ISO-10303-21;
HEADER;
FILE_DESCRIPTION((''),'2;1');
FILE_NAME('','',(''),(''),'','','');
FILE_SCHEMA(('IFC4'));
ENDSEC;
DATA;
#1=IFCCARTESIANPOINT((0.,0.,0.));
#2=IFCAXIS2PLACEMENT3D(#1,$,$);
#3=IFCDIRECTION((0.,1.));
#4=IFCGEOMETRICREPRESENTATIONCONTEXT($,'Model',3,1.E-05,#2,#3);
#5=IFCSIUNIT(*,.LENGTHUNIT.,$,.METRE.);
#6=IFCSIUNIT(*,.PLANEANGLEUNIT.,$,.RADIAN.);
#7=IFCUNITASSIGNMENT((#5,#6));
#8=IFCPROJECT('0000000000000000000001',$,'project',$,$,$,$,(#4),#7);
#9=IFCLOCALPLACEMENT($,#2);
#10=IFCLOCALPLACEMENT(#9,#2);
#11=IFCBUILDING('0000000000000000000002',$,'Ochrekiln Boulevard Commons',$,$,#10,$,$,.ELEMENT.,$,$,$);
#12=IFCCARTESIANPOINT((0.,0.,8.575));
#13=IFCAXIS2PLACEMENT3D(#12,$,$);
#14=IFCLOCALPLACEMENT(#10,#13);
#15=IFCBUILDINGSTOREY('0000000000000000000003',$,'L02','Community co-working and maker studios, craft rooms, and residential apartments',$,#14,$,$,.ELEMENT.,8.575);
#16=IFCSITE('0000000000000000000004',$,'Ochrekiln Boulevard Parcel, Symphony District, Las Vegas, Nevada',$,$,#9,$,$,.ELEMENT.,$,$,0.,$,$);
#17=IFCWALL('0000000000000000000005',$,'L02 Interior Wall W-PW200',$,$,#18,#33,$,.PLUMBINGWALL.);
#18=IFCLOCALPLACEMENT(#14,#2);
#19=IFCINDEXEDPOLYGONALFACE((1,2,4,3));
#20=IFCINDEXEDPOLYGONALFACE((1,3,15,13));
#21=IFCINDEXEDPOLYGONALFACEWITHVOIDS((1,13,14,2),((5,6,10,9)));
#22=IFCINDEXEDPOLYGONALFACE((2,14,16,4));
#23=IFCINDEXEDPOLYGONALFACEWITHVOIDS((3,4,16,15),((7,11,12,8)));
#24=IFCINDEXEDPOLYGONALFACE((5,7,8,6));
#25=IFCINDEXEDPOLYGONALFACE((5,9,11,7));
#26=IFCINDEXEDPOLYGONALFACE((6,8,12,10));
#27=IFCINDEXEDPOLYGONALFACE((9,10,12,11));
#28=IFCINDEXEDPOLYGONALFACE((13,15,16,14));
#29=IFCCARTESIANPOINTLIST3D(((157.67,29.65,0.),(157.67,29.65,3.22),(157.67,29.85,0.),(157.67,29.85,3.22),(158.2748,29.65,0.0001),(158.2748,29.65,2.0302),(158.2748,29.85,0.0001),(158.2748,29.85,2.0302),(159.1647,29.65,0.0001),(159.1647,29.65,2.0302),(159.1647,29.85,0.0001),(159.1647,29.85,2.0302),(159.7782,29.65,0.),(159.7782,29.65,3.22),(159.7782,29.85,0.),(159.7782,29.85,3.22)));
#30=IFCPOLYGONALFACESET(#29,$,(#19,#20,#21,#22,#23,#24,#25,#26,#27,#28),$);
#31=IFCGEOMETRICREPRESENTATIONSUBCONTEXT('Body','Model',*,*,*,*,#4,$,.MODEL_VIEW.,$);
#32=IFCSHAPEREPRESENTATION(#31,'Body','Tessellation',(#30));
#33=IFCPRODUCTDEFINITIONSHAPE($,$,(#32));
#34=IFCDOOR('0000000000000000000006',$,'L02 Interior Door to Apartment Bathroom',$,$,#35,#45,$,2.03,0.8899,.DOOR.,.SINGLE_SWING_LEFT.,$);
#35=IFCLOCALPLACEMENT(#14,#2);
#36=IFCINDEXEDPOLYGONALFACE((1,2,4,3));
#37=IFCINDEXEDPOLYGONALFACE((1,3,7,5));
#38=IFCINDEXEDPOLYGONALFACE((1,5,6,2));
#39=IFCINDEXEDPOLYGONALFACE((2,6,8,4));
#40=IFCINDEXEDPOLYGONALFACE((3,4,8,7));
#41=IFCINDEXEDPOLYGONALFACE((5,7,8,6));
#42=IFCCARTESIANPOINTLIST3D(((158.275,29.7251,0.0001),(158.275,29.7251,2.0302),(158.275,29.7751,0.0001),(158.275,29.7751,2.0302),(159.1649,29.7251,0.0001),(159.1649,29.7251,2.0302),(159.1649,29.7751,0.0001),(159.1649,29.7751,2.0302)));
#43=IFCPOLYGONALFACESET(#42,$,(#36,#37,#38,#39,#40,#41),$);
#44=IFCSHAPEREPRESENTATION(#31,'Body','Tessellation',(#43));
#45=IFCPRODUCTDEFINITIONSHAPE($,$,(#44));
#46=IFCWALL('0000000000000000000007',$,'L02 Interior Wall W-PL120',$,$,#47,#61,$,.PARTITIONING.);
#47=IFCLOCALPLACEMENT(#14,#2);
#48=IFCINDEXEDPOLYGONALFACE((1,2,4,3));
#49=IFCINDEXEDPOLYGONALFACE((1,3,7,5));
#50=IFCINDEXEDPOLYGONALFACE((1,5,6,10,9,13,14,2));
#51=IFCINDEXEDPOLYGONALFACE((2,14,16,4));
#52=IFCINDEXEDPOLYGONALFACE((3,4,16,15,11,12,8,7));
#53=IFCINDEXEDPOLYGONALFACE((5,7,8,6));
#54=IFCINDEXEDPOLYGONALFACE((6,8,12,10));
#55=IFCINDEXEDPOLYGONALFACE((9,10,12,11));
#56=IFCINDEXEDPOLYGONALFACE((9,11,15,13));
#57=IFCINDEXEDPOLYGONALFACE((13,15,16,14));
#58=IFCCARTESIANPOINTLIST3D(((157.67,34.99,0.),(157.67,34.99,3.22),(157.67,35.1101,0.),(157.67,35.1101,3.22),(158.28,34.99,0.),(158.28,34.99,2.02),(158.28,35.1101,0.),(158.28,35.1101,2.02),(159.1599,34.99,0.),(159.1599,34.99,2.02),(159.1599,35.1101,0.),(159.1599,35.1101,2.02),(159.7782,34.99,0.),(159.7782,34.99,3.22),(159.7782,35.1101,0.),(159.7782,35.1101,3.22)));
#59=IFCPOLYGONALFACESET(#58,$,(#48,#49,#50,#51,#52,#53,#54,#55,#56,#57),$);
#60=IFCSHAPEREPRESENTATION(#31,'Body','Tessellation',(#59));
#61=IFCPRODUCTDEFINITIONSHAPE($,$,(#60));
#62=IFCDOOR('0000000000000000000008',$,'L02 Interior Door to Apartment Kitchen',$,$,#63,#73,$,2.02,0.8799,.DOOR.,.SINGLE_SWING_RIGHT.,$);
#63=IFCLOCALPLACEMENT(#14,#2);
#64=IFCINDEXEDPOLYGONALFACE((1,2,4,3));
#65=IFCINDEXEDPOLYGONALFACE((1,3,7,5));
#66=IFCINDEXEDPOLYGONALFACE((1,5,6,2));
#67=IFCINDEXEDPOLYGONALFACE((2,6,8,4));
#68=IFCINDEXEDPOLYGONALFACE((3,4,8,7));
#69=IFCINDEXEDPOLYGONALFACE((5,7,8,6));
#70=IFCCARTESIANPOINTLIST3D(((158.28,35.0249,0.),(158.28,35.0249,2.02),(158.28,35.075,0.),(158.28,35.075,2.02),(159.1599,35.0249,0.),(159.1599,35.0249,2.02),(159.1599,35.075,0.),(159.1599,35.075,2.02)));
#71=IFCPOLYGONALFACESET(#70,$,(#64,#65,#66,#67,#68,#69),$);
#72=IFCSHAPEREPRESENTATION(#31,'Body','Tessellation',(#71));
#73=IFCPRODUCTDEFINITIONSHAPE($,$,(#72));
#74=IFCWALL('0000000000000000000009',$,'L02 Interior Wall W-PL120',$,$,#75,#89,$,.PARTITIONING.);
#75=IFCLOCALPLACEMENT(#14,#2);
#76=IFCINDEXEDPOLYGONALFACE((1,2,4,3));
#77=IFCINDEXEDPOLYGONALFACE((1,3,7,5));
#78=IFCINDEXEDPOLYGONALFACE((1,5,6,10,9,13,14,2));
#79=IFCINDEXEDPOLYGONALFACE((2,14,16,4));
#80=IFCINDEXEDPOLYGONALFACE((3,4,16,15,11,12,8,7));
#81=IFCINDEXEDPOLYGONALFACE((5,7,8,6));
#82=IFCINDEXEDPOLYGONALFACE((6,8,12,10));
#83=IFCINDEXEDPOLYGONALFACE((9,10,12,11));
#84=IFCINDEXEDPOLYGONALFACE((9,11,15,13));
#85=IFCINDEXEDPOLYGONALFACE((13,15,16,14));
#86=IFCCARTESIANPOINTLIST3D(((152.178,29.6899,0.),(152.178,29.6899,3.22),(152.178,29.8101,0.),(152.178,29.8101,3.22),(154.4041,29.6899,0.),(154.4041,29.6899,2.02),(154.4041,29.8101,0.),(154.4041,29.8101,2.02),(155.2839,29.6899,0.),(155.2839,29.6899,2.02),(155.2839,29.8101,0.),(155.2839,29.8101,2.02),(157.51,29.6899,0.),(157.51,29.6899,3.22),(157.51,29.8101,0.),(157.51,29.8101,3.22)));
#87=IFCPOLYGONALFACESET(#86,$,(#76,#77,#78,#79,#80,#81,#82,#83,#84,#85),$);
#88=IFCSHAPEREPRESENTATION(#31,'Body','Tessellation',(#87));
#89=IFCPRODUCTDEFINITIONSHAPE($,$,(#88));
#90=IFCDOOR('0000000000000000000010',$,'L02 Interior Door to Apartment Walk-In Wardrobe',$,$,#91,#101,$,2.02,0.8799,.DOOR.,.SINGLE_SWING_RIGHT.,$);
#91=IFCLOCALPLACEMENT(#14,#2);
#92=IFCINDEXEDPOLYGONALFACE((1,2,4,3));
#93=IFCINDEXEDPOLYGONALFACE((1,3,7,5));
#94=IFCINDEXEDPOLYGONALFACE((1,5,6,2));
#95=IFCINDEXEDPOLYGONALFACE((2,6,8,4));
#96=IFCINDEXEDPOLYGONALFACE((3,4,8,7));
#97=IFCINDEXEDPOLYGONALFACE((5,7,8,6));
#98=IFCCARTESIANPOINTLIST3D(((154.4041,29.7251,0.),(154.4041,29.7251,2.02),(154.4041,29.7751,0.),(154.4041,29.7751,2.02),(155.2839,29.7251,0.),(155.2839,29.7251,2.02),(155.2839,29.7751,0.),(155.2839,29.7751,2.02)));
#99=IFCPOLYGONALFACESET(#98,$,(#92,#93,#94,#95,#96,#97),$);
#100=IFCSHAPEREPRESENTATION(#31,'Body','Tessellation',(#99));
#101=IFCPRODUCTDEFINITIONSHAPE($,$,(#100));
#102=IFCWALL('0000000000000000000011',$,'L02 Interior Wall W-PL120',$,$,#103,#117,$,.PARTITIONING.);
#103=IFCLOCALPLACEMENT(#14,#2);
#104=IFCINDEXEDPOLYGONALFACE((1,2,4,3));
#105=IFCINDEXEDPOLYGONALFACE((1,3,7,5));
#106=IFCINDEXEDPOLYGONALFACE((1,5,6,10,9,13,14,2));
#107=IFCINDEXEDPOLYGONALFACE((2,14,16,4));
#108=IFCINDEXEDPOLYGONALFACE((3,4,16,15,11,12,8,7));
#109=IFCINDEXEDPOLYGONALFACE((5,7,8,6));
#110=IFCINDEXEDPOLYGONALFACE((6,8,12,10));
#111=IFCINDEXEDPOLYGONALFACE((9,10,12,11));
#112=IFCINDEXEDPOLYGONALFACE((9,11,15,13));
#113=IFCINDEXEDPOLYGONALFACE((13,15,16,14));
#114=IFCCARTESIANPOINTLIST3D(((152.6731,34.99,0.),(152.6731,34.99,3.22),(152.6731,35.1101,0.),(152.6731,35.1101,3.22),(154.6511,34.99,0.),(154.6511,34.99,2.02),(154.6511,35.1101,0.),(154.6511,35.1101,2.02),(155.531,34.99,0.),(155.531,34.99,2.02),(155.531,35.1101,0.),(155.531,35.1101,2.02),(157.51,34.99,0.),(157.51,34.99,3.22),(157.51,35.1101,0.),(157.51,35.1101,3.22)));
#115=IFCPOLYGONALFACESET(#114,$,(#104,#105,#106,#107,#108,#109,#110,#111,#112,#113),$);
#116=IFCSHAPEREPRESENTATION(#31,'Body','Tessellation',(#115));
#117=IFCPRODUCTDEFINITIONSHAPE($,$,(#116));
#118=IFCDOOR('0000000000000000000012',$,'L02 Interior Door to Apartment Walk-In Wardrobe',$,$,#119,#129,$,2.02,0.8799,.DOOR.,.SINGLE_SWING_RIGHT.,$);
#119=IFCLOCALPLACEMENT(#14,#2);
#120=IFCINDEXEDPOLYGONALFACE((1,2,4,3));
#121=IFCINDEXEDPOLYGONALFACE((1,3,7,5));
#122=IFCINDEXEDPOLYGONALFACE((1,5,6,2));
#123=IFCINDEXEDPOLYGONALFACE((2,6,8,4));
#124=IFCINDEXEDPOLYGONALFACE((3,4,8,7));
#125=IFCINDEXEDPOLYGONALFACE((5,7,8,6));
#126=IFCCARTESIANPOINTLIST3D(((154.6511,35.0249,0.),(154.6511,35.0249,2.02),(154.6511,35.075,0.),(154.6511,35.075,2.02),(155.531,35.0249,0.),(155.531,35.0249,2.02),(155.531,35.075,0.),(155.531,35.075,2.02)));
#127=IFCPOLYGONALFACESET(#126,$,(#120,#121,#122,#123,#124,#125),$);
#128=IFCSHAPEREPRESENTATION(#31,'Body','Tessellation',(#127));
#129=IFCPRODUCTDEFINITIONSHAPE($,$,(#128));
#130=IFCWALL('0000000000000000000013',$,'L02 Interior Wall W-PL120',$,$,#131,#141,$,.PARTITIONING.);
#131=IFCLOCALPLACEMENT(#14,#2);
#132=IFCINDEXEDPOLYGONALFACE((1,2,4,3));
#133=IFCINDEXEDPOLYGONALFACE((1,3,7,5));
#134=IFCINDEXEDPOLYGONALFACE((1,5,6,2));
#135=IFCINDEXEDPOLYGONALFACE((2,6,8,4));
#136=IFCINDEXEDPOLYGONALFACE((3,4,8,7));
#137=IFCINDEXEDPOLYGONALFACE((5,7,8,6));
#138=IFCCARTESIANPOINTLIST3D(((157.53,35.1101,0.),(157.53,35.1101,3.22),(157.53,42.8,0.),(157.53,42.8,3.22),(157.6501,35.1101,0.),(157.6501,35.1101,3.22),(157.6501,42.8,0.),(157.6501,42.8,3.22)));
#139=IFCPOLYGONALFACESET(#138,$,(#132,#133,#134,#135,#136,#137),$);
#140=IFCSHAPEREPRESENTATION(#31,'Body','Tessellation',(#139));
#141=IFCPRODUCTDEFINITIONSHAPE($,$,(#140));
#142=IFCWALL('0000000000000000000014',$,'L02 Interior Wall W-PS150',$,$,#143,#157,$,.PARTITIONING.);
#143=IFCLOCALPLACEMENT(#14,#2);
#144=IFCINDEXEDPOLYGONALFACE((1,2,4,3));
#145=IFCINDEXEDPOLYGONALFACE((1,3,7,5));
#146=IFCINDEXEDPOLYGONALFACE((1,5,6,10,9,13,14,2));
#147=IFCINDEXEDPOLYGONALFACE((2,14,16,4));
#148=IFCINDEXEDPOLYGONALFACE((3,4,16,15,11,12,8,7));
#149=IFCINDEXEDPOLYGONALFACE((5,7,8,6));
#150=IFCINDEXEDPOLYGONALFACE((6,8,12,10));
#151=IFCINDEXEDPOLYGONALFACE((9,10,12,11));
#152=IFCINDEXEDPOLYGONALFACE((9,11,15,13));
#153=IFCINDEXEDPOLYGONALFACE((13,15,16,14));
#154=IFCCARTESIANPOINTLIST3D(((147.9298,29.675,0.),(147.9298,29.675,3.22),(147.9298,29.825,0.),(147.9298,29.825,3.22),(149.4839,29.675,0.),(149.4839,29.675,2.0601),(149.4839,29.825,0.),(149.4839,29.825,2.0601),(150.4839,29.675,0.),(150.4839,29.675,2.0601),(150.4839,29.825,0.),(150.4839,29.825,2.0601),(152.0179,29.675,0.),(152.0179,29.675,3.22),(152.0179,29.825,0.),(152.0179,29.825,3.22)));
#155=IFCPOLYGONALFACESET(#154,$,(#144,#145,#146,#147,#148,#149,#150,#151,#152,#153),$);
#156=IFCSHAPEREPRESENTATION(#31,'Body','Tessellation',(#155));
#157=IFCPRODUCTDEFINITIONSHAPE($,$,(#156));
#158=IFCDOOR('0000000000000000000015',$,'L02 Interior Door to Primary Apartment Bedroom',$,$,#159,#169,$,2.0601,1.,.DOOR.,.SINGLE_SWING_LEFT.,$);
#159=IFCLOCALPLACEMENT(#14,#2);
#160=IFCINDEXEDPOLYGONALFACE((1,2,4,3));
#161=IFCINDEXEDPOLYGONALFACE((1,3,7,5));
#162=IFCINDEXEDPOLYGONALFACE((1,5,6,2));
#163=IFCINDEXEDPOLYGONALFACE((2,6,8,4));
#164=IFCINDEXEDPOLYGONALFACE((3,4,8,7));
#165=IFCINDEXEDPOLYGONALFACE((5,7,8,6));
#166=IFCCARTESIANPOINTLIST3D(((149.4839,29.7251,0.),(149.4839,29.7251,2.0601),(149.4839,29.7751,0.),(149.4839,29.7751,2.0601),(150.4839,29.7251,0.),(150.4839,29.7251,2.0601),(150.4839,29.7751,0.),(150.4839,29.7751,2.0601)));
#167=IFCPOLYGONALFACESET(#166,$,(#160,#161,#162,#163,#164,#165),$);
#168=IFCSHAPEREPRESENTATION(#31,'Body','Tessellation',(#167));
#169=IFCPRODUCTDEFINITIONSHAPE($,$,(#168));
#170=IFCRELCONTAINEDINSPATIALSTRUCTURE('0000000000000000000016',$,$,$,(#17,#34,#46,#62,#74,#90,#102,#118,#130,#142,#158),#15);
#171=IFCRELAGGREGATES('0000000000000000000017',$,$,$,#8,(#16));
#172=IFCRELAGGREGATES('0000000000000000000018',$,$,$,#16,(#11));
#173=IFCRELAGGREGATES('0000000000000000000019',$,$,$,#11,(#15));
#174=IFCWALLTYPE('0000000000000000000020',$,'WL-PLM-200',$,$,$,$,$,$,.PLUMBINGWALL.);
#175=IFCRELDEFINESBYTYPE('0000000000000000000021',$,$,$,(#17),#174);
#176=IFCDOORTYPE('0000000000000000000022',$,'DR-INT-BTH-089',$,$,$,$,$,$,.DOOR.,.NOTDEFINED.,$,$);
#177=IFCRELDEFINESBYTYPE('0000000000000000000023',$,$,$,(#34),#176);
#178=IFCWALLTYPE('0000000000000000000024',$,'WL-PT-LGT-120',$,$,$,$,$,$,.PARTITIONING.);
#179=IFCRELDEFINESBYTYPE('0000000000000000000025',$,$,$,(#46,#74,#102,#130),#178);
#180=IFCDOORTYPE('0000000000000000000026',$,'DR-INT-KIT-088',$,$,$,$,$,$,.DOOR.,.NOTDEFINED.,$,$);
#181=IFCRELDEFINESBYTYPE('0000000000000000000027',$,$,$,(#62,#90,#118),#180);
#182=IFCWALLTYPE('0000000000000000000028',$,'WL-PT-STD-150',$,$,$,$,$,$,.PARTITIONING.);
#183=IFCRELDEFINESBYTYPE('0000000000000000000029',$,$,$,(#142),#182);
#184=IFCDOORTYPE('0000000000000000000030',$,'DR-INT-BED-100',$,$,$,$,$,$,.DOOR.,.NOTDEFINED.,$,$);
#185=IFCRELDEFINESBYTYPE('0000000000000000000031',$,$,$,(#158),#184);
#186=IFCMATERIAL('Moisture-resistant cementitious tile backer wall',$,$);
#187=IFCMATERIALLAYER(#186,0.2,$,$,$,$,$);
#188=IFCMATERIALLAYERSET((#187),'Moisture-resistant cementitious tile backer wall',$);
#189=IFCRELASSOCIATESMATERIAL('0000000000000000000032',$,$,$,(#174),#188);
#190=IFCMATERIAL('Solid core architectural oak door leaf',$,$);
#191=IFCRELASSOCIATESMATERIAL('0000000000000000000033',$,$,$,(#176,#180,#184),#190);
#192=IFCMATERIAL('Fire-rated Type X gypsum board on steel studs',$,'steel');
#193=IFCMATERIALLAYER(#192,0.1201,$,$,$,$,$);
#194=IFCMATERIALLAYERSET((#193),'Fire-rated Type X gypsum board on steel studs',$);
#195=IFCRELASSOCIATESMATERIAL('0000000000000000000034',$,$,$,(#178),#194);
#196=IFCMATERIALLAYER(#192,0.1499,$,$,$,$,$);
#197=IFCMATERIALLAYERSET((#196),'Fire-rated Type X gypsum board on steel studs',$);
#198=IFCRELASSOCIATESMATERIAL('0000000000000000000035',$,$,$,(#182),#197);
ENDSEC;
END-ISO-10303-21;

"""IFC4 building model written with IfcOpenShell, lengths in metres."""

from ifc_helpers import new_model, si_unit, direction, frame, frame_2d, origin, place, context, subcontext, project, spatial, rectangle, extrude, material, layer, layer_set, type_object, element, fill, save


model = new_model("IFC4")

# Units and contexts
model_context = context("Model", 3, precision=1e-05, world=origin(), true_north=direction((0.0, 1.0)))
body_context = subcontext(model_context, "Body", "Model", "MODEL_VIEW")
ifc_project = project(units=[si_unit("LENGTHUNIT", "METRE"), si_unit("PLANEANGLEUNIT", "RADIAN")], contexts=[model_context])

# Site, building, storey
site_placement = place(None, origin())
site = spatial("IfcSite", under=ifc_project, at=site_placement, Name="Ochrekiln Boulevard Parcel, Symphony District, Las Vegas, Nevada", CompositionType="ELEMENT", RefElevation=0.0)
building_placement = place(site_placement, origin())
building = spatial("IfcBuilding", under=site, at=building_placement, Name="Ochrekiln Boulevard Commons", CompositionType="ELEMENT")
storey_placement = place(building_placement, frame((0.0, 0.0, 8.575)))
storey = spatial("IfcBuildingStorey", under=building, at=storey_placement, Name="L02", Description="Community co-working and maker studios, craft rooms, and residential apartments", CompositionType="ELEMENT", Elevation=8.575)

# Walls, openings, doors
ifc_material_1 = material(Name="Moisture-resistant cementitious tile backer wall")
ifc_layer_1 = layer(ifc_material_1, 0.2)
ifc_layer_set_1 = layer_set([ifc_layer_1], Name="Moisture-resistant cementitious tile backer wall")
wall_type_1 = type_object("IfcWallType", Name="WL-PLM-200", PredefinedType="PLUMBINGWALL", material=ifc_layer_set_1)
wall_1_placement = place(storey_placement, frame((157.6699, 29.75, 0.0), z_axis=(0.0, 0.0, 1.0), x_axis=(1.0, 0.0, 0.0)))
wall_1 = element("IfcWall", 1, at=wall_1_placement, inside=storey, type_object=wall_type_1, Name="L02 Interior Wall W-PW200", PredefinedType="PLUMBINGWALL", context=body_context, shape_type="SweptSolid", body=[
    extrude(rectangle(XDim=2.1082, YDim=0.2, at=frame_2d((1.0542, 0.0))), origin(), (0.0, 0.0, 1.0), 3.22),
])
opening_1_placement = place(wall_1_placement, frame((0.605, 0.0, 0.0)))
opening_1 = element("IfcOpeningElement", 2, at=opening_1_placement, cuts=wall_1, PredefinedType="OPENING", context=body_context, shape_type="SweptSolid", body=[
    extrude(rectangle(XDim=0.8899, YDim=2.03, at=frame_2d((0.4448, 1.0151))), frame((0.0, 0.1099, 0.0), z_axis=(0.0, -1.0, 0.0), x_axis=(1.0, 0.0, 0.0)), (0.0, 0.0, 1.0), 0.22),
])
ifc_material_2 = material(Name="Solid core architectural oak door leaf")
door_type_1 = type_object("IfcDoorType", Name="DR-INT-BTH-089", OperationType="NOTDEFINED", PredefinedType="DOOR", material=ifc_material_2)
door_1_placement = place(opening_1_placement, frame((0.8899, 0.0, 0.0), z_axis=(0.0, 0.0, 1.0), x_axis=(-1.0, 0.0, 0.0)))
door_1 = element("IfcDoor", 3, at=door_1_placement, inside=storey, type_object=door_type_1, Name="L02 Interior Door to Apartment Bathroom", OperationType="SINGLE_SWING_LEFT", OverallHeight=2.03, OverallWidth=0.8899, PredefinedType="DOOR", context=body_context, shape_type="SweptSolid", body=[
    extrude(rectangle(XDim=0.8899, YDim=2.03, at=frame_2d((0.4448, 1.0151))), frame((0.0, 0.0249, 0.0), z_axis=(0.0, -1.0, 0.0), x_axis=(1.0, 0.0, 0.0)), (0.0, 0.0, 1.0), 0.05),
])
fill(opening_1, door_1)
ifc_material_3 = material(Name="Fire-rated Type X gypsum board on steel studs", Category="steel")
ifc_layer_2 = layer(ifc_material_3, 0.1201)
ifc_layer_set_2 = layer_set([ifc_layer_2], Name="Fire-rated Type X gypsum board on steel studs")
wall_type_2 = type_object("IfcWallType", Name="WL-PT-LGT-120", PredefinedType="PARTITIONING", material=ifc_layer_set_2)
wall_2_placement = place(storey_placement, frame((157.6699, 35.05, 0.0), z_axis=(0.0, 0.0, 1.0), x_axis=(1.0, 0.0, 0.0)))
wall_2 = element("IfcWall", 4, at=wall_2_placement, inside=storey, type_object=wall_type_2, Name="L02 Interior Wall W-PL120", PredefinedType="PARTITIONING", context=body_context, shape_type="SweptSolid", body=[
    extrude(rectangle(XDim=2.1082, YDim=0.1201, at=frame_2d((1.0542, 0.0))), origin(), (0.0, 0.0, 1.0), 3.22),
])
opening_2_placement = place(wall_2_placement, frame((0.6101, 0.0, 0.0)))
opening_2 = element("IfcOpeningElement", 5, at=opening_2_placement, cuts=wall_2, PredefinedType="OPENING", context=body_context, shape_type="SweptSolid", body=[
    extrude(rectangle(XDim=0.8799, YDim=2.02, at=frame_2d((0.4399, 1.01))), frame((0.0, 0.0701, 0.0), z_axis=(0.0, -1.0, 0.0), x_axis=(1.0, 0.0, 0.0)), (0.0, 0.0, 1.0), 0.1401),
])
door_type_2 = type_object("IfcDoorType", Name="DR-INT-KIT-088", OperationType="NOTDEFINED", PredefinedType="DOOR", material=ifc_material_2)
door_2_placement = place(opening_2_placement, origin())
door_2 = element("IfcDoor", 6, at=door_2_placement, inside=storey, type_object=door_type_2, Name="L02 Interior Door to Apartment Kitchen", OperationType="SINGLE_SWING_RIGHT", OverallHeight=2.02, OverallWidth=0.8799, PredefinedType="DOOR", context=body_context, shape_type="SweptSolid", body=[
    extrude(rectangle(XDim=0.8799, YDim=2.02, at=frame_2d((0.4399, 1.01))), frame((0.0, 0.0249, 0.0), z_axis=(0.0, -1.0, 0.0), x_axis=(1.0, 0.0, 0.0)), (0.0, 0.0, 1.0), 0.05),
])
fill(opening_2, door_2)
wall_3_placement = place(storey_placement, frame((152.178, 29.75, 0.0), z_axis=(0.0, 0.0, 1.0), x_axis=(1.0, 0.0, 0.0)))
wall_3 = element("IfcWall", 7, at=wall_3_placement, inside=storey, type_object=wall_type_2, Name="L02 Interior Wall W-PL120", PredefinedType="PARTITIONING", context=body_context, shape_type="SweptSolid", body=[
    extrude(rectangle(XDim=5.332, YDim=0.1201, at=frame_2d((2.666, 0.0))), origin(), (0.0, 0.0, 1.0), 3.22),
])
opening_3_placement = place(wall_3_placement, frame((2.2261, 0.0, 0.0)))
opening_3 = element("IfcOpeningElement", 8, at=opening_3_placement, cuts=wall_3, PredefinedType="OPENING", context=body_context, shape_type="SweptSolid", body=[
    extrude(rectangle(XDim=0.8799, YDim=2.02, at=frame_2d((0.4399, 1.01))), frame((0.0, 0.0701, 0.0), z_axis=(0.0, -1.0, 0.0), x_axis=(1.0, 0.0, 0.0)), (0.0, 0.0, 1.0), 0.1401),
])
door_3_placement = place(opening_3_placement, frame((0.8799, 0.0, 0.0), z_axis=(0.0, 0.0, 1.0), x_axis=(-1.0, 0.0, 0.0)))
door_3 = element("IfcDoor", 9, at=door_3_placement, inside=storey, type_object=door_type_2, Name="L02 Interior Door to Apartment Walk-In Wardrobe", OperationType="SINGLE_SWING_RIGHT", OverallHeight=2.02, OverallWidth=0.8799, PredefinedType="DOOR", context=body_context, shape_type="SweptSolid", body=[
    extrude(rectangle(XDim=0.8799, YDim=2.02, at=frame_2d((0.4399, 1.01))), frame((0.0, 0.0249, 0.0), z_axis=(0.0, -1.0, 0.0), x_axis=(1.0, 0.0, 0.0)), (0.0, 0.0, 1.0), 0.05),
])
fill(opening_3, door_3)
wall_4_placement = place(storey_placement, frame((152.6731, 35.05, 0.0), z_axis=(0.0, 0.0, 1.0), x_axis=(1.0, 0.0, 0.0)))
wall_4 = element("IfcWall", 10, at=wall_4_placement, inside=storey, type_object=wall_type_2, Name="L02 Interior Wall W-PL120", PredefinedType="PARTITIONING", context=body_context, shape_type="SweptSolid", body=[
    extrude(rectangle(XDim=4.8369, YDim=0.1201, at=frame_2d((2.4185, 0.0))), origin(), (0.0, 0.0, 1.0), 3.22),
])
opening_4_placement = place(wall_4_placement, frame((1.978, 0.0, 0.0)))
opening_4 = element("IfcOpeningElement", 11, at=opening_4_placement, cuts=wall_4, PredefinedType="OPENING", context=body_context, shape_type="SweptSolid", body=[
    extrude(rectangle(XDim=0.8799, YDim=2.02, at=frame_2d((0.4399, 1.01))), frame((0.0, 0.0701, 0.0), z_axis=(0.0, -1.0, 0.0), x_axis=(1.0, 0.0, 0.0)), (0.0, 0.0, 1.0), 0.1401),
])
door_4_placement = place(opening_4_placement, origin())
door_4 = element("IfcDoor", 12, at=door_4_placement, inside=storey, type_object=door_type_2, Name="L02 Interior Door to Apartment Walk-In Wardrobe", OperationType="SINGLE_SWING_RIGHT", OverallHeight=2.02, OverallWidth=0.8799, PredefinedType="DOOR", context=body_context, shape_type="SweptSolid", body=[
    extrude(rectangle(XDim=0.8799, YDim=2.02, at=frame_2d((0.4399, 1.01))), frame((0.0, 0.0249, 0.0), z_axis=(0.0, -1.0, 0.0), x_axis=(1.0, 0.0, 0.0)), (0.0, 0.0, 1.0), 0.05),
])
fill(opening_4, door_4)

# Wall
wall_5_placement = place(storey_placement, frame((157.5901, 35.1101, 0.0), z_axis=(0.0, 0.0, 1.0), x_axis=(0.0, 1.0, 0.0)))
element("IfcWall", 13, at=wall_5_placement, inside=storey, type_object=wall_type_2, Name="L02 Interior Wall W-PL120", PredefinedType="PARTITIONING", context=body_context, shape_type="SweptSolid", body=[
    extrude(rectangle(XDim=7.6899, YDim=0.1201, at=frame_2d((3.845, 0.0))), origin(), (0.0, 0.0, 1.0), 3.22),
])

# Wall, opening, door
ifc_layer_3 = layer(ifc_material_3, 0.1499)
ifc_layer_set_3 = layer_set([ifc_layer_3], Name="Fire-rated Type X gypsum board on steel studs")
wall_type_3 = type_object("IfcWallType", Name="WL-PT-STD-150", PredefinedType="PARTITIONING", material=ifc_layer_set_3)
wall_6_placement = place(storey_placement, frame((147.9299, 29.75, 0.0), z_axis=(0.0, 0.0, 1.0), x_axis=(1.0, 0.0, 0.0)))
wall_6 = element("IfcWall", 14, at=wall_6_placement, inside=storey, type_object=wall_type_3, Name="L02 Interior Wall W-PS150", PredefinedType="PARTITIONING", context=body_context, shape_type="SweptSolid", body=[
    extrude(rectangle(XDim=4.0881, YDim=0.1499, at=frame_2d((2.0439, 0.0))), origin(), (0.0, 0.0, 1.0), 3.22),
])
opening_5_placement = place(wall_6_placement, frame((1.554, 0.0, 0.0)))
opening_5 = element("IfcOpeningElement", 15, at=opening_5_placement, cuts=wall_6, PredefinedType="OPENING", context=body_context, shape_type="SweptSolid", body=[
    extrude(rectangle(XDim=1.0, YDim=2.0601, at=frame_2d((0.5, 1.03))), frame((0.0, 0.085, 0.0), z_axis=(0.0, -1.0, 0.0), x_axis=(1.0, 0.0, 0.0)), (0.0, 0.0, 1.0), 0.1699),
])
door_type_3 = type_object("IfcDoorType", Name="DR-INT-BED-100", OperationType="NOTDEFINED", PredefinedType="DOOR", material=ifc_material_2)
door_5_placement = place(opening_5_placement, frame((1.0, 0.0, 0.0), z_axis=(0.0, 0.0, 1.0), x_axis=(-1.0, 0.0, 0.0)))
door_5 = element("IfcDoor", 16, at=door_5_placement, inside=storey, type_object=door_type_3, Name="L02 Interior Door to Primary Apartment Bedroom", OperationType="SINGLE_SWING_LEFT", OverallHeight=2.0601, OverallWidth=1.0, PredefinedType="DOOR", context=body_context, shape_type="SweptSolid", body=[
    extrude(rectangle(XDim=1.0, YDim=2.0601, at=frame_2d((0.5, 1.03))), frame((0.0, 0.0249, 0.0), z_axis=(0.0, -1.0, 0.0), x_axis=(1.0, 0.0, 0.0)), (0.0, 0.0, 1.0), 0.05),
])
fill(opening_5, door_5)

save(model, "model.ifc")
